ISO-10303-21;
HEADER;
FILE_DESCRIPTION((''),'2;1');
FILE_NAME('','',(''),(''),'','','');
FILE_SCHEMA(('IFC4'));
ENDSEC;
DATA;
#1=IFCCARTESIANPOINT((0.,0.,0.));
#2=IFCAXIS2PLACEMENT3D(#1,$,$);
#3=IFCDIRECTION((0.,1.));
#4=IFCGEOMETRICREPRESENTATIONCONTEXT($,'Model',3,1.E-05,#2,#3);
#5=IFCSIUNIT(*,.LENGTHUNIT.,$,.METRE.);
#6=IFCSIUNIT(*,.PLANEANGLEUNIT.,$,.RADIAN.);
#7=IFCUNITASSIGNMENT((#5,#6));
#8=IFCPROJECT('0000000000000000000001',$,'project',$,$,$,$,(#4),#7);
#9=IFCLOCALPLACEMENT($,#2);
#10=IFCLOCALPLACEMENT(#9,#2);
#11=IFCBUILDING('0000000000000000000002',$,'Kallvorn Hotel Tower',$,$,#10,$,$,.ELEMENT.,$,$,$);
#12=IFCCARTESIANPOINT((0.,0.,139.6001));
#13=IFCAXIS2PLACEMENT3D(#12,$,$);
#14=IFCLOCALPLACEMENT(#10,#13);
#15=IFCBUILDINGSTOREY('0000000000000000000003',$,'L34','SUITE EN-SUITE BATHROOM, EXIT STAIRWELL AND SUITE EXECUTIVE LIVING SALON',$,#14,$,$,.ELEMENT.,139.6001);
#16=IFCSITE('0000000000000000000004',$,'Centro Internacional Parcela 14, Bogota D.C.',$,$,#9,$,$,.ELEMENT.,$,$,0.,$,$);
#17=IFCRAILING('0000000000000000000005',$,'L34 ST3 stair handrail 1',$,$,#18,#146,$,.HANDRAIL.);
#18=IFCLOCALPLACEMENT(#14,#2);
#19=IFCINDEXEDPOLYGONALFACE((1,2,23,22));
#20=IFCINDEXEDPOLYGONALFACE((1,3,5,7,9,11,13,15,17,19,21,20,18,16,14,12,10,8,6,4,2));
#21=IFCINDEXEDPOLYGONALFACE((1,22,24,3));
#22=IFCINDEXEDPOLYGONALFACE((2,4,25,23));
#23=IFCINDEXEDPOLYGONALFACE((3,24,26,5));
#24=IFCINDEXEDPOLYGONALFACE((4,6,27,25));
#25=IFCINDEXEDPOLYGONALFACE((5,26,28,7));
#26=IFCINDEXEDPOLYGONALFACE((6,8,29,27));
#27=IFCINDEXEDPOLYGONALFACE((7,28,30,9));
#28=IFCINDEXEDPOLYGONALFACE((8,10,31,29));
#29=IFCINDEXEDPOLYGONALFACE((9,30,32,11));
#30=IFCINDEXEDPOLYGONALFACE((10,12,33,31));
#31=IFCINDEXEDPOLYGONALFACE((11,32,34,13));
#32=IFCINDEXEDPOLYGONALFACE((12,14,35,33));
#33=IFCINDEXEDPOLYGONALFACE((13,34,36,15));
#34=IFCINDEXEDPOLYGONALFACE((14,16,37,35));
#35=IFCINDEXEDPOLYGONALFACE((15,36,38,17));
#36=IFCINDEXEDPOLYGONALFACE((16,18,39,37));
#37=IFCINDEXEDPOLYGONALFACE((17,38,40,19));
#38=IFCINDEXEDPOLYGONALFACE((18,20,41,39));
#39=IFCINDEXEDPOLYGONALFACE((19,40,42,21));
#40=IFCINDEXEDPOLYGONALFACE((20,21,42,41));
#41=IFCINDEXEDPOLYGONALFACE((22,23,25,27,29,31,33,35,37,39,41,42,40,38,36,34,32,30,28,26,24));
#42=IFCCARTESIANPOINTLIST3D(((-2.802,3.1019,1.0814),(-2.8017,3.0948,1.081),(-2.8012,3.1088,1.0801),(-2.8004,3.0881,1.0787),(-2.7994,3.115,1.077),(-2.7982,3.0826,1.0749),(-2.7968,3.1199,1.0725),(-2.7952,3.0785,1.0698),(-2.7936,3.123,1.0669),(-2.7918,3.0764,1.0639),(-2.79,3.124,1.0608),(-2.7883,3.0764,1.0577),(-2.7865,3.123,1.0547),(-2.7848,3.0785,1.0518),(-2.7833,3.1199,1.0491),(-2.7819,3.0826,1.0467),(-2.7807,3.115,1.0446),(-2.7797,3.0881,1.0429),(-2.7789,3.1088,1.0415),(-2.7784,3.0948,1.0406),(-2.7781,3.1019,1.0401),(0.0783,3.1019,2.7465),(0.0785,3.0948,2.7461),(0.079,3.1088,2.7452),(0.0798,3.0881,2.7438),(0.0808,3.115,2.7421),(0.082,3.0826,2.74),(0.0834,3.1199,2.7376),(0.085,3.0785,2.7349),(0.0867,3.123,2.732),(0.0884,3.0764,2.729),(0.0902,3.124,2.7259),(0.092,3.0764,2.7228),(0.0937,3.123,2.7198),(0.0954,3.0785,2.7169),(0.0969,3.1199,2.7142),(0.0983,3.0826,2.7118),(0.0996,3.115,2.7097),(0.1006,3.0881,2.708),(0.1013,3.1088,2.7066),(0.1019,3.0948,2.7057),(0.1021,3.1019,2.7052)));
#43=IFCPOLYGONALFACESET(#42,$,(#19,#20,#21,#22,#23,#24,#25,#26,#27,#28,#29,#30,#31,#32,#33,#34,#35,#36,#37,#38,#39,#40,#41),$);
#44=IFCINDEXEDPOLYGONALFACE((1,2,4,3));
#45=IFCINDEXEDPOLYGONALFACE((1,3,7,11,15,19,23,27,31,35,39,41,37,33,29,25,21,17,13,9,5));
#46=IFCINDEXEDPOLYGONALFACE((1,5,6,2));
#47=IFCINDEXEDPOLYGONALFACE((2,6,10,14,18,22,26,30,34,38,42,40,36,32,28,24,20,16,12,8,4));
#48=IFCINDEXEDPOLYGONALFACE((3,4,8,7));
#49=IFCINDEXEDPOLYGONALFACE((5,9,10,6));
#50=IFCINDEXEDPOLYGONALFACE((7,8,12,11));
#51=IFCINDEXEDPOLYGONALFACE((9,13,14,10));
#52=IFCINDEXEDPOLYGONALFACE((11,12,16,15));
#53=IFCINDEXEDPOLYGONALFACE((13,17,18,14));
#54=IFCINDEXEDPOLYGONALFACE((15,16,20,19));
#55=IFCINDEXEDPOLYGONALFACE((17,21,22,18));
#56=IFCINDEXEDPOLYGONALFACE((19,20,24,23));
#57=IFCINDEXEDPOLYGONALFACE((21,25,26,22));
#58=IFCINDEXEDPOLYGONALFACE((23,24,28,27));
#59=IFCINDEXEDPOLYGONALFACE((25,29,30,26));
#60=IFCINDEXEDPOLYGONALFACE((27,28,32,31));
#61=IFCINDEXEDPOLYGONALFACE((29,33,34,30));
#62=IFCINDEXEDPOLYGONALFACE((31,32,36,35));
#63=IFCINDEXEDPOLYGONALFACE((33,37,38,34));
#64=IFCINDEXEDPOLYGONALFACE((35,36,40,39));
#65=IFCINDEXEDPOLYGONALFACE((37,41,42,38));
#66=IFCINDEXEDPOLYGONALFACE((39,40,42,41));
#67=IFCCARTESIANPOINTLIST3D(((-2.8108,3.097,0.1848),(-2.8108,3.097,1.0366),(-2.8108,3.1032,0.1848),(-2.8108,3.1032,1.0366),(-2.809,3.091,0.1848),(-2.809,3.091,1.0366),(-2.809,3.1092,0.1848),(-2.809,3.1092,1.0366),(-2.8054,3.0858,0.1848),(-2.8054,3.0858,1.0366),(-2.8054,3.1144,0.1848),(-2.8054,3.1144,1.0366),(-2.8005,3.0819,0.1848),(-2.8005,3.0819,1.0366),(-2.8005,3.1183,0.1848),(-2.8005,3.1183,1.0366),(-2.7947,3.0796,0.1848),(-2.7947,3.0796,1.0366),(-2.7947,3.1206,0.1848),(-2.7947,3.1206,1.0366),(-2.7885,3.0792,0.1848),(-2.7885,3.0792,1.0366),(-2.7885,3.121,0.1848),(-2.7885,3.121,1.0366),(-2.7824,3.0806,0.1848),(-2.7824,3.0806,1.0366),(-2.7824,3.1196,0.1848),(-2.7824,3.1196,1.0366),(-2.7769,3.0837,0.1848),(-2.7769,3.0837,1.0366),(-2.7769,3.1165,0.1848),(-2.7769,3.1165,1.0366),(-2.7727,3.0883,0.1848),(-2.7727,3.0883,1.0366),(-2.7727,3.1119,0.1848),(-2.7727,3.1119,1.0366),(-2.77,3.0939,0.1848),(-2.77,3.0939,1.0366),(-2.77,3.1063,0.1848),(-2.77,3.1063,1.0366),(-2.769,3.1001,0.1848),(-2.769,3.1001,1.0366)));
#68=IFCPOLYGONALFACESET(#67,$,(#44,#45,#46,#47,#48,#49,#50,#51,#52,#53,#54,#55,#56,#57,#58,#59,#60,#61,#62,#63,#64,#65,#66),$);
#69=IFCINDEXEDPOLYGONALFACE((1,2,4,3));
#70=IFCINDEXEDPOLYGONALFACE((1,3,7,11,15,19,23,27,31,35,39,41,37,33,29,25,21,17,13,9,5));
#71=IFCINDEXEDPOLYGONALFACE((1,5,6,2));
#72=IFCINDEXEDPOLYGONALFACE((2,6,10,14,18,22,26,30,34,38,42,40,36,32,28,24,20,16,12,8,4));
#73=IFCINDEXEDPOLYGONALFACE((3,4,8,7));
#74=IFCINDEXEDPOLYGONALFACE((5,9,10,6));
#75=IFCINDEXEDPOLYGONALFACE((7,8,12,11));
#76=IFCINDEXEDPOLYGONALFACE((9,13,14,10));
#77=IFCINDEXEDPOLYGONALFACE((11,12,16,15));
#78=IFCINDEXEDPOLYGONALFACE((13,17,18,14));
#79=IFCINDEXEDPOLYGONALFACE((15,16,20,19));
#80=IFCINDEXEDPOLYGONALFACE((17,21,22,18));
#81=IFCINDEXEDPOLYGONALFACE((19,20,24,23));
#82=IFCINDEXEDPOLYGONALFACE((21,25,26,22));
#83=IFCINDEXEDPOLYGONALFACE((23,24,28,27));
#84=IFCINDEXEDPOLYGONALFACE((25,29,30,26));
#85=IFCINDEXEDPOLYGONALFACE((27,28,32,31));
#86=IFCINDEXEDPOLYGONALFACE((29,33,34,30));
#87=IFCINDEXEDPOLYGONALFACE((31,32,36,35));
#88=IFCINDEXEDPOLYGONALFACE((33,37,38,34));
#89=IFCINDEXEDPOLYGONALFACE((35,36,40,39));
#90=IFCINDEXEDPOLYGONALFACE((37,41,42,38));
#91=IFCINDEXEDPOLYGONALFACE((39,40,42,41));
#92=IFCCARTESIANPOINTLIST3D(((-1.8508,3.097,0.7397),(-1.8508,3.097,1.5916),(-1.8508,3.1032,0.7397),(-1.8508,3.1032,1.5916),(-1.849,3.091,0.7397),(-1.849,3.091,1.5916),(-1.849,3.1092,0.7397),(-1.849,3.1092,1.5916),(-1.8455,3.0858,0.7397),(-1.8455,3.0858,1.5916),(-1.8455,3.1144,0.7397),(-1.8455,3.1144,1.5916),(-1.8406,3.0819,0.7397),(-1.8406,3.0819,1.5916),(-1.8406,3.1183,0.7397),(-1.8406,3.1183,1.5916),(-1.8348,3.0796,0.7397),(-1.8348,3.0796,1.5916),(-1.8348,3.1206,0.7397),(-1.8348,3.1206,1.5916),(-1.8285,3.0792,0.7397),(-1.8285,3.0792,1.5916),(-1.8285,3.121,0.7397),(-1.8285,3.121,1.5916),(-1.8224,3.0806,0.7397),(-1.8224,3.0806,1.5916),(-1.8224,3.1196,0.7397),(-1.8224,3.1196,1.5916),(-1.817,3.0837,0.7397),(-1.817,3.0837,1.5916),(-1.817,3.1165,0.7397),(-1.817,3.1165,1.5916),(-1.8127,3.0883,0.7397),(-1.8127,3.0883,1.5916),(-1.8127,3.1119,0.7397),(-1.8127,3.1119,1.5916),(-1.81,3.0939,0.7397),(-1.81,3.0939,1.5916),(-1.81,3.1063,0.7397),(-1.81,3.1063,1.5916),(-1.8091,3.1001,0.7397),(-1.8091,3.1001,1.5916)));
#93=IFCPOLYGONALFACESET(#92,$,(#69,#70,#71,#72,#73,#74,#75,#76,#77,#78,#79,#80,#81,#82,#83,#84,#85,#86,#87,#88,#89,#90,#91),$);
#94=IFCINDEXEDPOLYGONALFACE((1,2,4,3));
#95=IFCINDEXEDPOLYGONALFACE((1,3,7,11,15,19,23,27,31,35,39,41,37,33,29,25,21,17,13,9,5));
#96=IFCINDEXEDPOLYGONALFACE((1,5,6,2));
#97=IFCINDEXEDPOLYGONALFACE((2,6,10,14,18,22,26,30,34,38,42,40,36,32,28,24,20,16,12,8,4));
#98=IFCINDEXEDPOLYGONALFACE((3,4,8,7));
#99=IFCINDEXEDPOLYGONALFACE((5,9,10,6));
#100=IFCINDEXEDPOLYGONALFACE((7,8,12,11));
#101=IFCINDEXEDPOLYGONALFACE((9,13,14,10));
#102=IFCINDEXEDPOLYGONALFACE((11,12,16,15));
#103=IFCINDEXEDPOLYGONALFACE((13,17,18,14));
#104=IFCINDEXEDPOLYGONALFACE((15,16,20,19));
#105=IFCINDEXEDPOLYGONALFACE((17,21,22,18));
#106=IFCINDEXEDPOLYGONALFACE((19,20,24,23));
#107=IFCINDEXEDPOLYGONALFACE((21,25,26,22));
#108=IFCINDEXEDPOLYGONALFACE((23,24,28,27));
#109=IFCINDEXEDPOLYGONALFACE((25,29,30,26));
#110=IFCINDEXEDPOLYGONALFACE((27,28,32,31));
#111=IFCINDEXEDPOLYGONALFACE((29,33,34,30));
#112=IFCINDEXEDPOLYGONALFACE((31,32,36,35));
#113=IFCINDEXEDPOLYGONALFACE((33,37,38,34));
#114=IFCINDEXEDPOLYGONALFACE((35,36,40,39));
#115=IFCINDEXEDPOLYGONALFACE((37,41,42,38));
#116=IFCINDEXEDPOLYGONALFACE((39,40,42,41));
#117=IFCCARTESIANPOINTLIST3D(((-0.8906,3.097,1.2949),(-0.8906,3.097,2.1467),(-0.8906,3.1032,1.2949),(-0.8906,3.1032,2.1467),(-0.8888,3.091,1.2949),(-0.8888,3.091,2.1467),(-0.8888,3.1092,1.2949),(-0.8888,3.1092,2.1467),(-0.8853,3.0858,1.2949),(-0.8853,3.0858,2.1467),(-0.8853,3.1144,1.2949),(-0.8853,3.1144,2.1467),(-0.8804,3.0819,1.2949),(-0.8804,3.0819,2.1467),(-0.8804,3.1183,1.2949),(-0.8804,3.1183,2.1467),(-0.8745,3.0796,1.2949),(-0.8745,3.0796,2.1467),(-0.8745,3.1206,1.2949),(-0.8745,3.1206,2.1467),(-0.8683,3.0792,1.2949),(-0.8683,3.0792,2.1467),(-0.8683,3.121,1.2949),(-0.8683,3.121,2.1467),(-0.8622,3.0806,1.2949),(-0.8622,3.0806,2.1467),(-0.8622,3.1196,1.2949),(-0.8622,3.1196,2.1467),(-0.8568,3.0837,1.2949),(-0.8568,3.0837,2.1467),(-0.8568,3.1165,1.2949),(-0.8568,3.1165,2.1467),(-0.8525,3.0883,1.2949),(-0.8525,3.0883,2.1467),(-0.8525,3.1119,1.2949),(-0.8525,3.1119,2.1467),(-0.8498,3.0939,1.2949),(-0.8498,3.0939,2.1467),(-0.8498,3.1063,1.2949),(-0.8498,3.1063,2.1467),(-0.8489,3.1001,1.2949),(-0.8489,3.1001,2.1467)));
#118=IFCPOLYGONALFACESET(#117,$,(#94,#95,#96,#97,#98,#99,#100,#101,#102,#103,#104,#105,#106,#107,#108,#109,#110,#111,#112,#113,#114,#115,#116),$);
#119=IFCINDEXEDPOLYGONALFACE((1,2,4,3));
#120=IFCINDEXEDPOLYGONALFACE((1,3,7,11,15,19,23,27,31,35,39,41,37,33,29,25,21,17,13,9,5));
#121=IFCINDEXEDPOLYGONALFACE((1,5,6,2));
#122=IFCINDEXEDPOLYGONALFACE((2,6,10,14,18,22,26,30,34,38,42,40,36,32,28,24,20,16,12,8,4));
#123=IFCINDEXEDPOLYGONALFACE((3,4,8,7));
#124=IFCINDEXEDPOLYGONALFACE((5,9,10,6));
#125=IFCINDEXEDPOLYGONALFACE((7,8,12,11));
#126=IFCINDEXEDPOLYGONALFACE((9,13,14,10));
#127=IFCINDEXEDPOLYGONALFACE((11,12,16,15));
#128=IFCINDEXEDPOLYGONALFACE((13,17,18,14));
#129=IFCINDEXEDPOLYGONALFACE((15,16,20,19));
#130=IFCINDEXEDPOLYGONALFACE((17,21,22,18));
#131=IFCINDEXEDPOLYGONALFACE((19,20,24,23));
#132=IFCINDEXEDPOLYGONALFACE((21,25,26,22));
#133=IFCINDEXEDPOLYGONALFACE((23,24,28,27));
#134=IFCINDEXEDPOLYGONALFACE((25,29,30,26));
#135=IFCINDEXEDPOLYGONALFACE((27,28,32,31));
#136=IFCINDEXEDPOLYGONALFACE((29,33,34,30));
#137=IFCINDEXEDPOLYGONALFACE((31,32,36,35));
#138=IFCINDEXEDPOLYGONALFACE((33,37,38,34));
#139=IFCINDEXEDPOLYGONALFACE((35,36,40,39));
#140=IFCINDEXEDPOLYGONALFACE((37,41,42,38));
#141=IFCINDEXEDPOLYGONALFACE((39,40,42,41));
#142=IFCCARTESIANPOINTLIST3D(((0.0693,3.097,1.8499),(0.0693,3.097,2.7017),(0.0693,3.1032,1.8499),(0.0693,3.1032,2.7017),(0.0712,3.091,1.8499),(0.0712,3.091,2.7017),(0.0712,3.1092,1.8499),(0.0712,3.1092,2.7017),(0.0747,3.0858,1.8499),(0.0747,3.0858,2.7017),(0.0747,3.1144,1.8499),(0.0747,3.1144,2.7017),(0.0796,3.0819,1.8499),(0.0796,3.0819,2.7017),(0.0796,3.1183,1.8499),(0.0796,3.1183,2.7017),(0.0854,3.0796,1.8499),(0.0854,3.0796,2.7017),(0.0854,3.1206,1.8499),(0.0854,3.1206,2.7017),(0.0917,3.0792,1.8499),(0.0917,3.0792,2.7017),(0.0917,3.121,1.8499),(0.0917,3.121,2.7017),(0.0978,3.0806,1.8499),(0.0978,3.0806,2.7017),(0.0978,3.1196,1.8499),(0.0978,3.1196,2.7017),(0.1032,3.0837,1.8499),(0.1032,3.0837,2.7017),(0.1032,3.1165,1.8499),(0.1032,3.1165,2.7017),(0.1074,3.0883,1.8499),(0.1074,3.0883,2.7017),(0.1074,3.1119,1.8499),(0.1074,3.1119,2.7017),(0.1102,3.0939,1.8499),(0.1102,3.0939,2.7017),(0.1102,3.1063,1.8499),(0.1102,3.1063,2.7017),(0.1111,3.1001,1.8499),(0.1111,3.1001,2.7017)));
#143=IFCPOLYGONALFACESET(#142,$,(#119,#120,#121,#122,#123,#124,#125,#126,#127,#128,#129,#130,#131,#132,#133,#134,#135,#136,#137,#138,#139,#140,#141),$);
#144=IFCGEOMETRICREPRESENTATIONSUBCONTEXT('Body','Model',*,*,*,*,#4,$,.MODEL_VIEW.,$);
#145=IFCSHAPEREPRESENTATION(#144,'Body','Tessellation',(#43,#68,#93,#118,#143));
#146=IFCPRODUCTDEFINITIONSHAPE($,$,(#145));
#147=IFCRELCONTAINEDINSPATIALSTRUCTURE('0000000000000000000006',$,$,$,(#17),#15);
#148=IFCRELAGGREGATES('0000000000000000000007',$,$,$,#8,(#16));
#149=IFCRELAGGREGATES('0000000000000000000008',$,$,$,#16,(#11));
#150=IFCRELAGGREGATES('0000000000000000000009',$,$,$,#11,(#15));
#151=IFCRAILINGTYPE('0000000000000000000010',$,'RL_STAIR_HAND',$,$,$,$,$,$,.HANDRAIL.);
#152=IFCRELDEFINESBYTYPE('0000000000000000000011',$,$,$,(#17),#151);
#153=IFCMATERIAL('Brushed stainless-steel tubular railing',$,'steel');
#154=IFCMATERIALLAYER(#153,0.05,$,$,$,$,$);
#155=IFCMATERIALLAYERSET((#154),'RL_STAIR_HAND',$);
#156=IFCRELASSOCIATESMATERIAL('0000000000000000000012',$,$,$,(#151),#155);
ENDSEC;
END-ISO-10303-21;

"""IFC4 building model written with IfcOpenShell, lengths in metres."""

from ifc_helpers import new_model, si_unit, direction, frame, origin, origin_2d, place, context, subcontext, project, spatial, circle, extrude, material, layer, layer_set, type_object, element, save


model = new_model("IFC4")

# Units and contexts
model_context = context("Model", 3, precision=1e-05, world=origin(), true_north=direction((0.0, 1.0)))
body_context = subcontext(model_context, "Body", "Model", "MODEL_VIEW")
ifc_project = project(units=[si_unit("LENGTHUNIT", "METRE"), si_unit("PLANEANGLEUNIT", "RADIAN")], contexts=[model_context])

# Site, building, storey
site_placement = place(None, origin())
site = spatial("IfcSite", under=ifc_project, at=site_placement, Name="Centro Internacional Parcela 14, Bogota D.C.", CompositionType="ELEMENT", RefElevation=0.0)
building_placement = place(site_placement, origin())
building = spatial("IfcBuilding", under=site, at=building_placement, Name="Kallvorn Hotel Tower", CompositionType="ELEMENT")
storey_placement = place(building_placement, frame((0.0, 0.0, 139.6001)))
storey = spatial("IfcBuildingStorey", under=building, at=storey_placement, Name="L34", Description="SUITE EN-SUITE BATHROOM, EXIT STAIRWELL AND SUITE EXECUTIVE LIVING SALON", CompositionType="ELEMENT", Elevation=139.6001)

# Railing
ifc_material_1 = material(Name="Brushed stainless-steel tubular railing", Category="steel")
ifc_layer_1 = layer(ifc_material_1, 0.05)
ifc_layer_set_1 = layer_set([ifc_layer_1], Name="RL_STAIR_HAND")
railing_type_1 = type_object("IfcRailingType", Name="RL_STAIR_HAND", PredefinedType="HANDRAIL", material=ifc_layer_set_1)
railing_1_placement = place(storey_placement, frame((-2.79, 3.1001, 0.1848)))
element("IfcRailing", 1, at=railing_1_placement, inside=storey, type_object=railing_type_1, Name="L34 ST3 stair handrail 1", PredefinedType="HANDRAIL", context=body_context, shape_type="SweptSolid", body=[
    extrude(circle(Radius=0.0239, at=origin_2d()), frame((0.0, 0.0, 0.876), z_axis=(0.865739, 0.0, 0.500495), x_axis=(0.0, 1.0, 0.0)), (0.0, 0.0, 1.0), 3.3269),
    extrude(circle(Radius=0.021, at=origin_2d()), origin(), (0.0, 0.0, 1.0), 0.8518),
    extrude(circle(Radius=0.021, at=origin_2d()), frame((0.96, 0.0, 0.5549)), (0.0, 0.0, 1.0), 0.8518),
    extrude(circle(Radius=0.021, at=origin_2d()), frame((1.9202, 0.0, 1.1101)), (0.0, 0.0, 1.0), 0.8518),
    extrude(circle(Radius=0.021, at=origin_2d()), frame((2.8801, 0.0, 1.665)), (0.0, 0.0, 1.0), 0.8518),
])

save(model, "model.ifc")
